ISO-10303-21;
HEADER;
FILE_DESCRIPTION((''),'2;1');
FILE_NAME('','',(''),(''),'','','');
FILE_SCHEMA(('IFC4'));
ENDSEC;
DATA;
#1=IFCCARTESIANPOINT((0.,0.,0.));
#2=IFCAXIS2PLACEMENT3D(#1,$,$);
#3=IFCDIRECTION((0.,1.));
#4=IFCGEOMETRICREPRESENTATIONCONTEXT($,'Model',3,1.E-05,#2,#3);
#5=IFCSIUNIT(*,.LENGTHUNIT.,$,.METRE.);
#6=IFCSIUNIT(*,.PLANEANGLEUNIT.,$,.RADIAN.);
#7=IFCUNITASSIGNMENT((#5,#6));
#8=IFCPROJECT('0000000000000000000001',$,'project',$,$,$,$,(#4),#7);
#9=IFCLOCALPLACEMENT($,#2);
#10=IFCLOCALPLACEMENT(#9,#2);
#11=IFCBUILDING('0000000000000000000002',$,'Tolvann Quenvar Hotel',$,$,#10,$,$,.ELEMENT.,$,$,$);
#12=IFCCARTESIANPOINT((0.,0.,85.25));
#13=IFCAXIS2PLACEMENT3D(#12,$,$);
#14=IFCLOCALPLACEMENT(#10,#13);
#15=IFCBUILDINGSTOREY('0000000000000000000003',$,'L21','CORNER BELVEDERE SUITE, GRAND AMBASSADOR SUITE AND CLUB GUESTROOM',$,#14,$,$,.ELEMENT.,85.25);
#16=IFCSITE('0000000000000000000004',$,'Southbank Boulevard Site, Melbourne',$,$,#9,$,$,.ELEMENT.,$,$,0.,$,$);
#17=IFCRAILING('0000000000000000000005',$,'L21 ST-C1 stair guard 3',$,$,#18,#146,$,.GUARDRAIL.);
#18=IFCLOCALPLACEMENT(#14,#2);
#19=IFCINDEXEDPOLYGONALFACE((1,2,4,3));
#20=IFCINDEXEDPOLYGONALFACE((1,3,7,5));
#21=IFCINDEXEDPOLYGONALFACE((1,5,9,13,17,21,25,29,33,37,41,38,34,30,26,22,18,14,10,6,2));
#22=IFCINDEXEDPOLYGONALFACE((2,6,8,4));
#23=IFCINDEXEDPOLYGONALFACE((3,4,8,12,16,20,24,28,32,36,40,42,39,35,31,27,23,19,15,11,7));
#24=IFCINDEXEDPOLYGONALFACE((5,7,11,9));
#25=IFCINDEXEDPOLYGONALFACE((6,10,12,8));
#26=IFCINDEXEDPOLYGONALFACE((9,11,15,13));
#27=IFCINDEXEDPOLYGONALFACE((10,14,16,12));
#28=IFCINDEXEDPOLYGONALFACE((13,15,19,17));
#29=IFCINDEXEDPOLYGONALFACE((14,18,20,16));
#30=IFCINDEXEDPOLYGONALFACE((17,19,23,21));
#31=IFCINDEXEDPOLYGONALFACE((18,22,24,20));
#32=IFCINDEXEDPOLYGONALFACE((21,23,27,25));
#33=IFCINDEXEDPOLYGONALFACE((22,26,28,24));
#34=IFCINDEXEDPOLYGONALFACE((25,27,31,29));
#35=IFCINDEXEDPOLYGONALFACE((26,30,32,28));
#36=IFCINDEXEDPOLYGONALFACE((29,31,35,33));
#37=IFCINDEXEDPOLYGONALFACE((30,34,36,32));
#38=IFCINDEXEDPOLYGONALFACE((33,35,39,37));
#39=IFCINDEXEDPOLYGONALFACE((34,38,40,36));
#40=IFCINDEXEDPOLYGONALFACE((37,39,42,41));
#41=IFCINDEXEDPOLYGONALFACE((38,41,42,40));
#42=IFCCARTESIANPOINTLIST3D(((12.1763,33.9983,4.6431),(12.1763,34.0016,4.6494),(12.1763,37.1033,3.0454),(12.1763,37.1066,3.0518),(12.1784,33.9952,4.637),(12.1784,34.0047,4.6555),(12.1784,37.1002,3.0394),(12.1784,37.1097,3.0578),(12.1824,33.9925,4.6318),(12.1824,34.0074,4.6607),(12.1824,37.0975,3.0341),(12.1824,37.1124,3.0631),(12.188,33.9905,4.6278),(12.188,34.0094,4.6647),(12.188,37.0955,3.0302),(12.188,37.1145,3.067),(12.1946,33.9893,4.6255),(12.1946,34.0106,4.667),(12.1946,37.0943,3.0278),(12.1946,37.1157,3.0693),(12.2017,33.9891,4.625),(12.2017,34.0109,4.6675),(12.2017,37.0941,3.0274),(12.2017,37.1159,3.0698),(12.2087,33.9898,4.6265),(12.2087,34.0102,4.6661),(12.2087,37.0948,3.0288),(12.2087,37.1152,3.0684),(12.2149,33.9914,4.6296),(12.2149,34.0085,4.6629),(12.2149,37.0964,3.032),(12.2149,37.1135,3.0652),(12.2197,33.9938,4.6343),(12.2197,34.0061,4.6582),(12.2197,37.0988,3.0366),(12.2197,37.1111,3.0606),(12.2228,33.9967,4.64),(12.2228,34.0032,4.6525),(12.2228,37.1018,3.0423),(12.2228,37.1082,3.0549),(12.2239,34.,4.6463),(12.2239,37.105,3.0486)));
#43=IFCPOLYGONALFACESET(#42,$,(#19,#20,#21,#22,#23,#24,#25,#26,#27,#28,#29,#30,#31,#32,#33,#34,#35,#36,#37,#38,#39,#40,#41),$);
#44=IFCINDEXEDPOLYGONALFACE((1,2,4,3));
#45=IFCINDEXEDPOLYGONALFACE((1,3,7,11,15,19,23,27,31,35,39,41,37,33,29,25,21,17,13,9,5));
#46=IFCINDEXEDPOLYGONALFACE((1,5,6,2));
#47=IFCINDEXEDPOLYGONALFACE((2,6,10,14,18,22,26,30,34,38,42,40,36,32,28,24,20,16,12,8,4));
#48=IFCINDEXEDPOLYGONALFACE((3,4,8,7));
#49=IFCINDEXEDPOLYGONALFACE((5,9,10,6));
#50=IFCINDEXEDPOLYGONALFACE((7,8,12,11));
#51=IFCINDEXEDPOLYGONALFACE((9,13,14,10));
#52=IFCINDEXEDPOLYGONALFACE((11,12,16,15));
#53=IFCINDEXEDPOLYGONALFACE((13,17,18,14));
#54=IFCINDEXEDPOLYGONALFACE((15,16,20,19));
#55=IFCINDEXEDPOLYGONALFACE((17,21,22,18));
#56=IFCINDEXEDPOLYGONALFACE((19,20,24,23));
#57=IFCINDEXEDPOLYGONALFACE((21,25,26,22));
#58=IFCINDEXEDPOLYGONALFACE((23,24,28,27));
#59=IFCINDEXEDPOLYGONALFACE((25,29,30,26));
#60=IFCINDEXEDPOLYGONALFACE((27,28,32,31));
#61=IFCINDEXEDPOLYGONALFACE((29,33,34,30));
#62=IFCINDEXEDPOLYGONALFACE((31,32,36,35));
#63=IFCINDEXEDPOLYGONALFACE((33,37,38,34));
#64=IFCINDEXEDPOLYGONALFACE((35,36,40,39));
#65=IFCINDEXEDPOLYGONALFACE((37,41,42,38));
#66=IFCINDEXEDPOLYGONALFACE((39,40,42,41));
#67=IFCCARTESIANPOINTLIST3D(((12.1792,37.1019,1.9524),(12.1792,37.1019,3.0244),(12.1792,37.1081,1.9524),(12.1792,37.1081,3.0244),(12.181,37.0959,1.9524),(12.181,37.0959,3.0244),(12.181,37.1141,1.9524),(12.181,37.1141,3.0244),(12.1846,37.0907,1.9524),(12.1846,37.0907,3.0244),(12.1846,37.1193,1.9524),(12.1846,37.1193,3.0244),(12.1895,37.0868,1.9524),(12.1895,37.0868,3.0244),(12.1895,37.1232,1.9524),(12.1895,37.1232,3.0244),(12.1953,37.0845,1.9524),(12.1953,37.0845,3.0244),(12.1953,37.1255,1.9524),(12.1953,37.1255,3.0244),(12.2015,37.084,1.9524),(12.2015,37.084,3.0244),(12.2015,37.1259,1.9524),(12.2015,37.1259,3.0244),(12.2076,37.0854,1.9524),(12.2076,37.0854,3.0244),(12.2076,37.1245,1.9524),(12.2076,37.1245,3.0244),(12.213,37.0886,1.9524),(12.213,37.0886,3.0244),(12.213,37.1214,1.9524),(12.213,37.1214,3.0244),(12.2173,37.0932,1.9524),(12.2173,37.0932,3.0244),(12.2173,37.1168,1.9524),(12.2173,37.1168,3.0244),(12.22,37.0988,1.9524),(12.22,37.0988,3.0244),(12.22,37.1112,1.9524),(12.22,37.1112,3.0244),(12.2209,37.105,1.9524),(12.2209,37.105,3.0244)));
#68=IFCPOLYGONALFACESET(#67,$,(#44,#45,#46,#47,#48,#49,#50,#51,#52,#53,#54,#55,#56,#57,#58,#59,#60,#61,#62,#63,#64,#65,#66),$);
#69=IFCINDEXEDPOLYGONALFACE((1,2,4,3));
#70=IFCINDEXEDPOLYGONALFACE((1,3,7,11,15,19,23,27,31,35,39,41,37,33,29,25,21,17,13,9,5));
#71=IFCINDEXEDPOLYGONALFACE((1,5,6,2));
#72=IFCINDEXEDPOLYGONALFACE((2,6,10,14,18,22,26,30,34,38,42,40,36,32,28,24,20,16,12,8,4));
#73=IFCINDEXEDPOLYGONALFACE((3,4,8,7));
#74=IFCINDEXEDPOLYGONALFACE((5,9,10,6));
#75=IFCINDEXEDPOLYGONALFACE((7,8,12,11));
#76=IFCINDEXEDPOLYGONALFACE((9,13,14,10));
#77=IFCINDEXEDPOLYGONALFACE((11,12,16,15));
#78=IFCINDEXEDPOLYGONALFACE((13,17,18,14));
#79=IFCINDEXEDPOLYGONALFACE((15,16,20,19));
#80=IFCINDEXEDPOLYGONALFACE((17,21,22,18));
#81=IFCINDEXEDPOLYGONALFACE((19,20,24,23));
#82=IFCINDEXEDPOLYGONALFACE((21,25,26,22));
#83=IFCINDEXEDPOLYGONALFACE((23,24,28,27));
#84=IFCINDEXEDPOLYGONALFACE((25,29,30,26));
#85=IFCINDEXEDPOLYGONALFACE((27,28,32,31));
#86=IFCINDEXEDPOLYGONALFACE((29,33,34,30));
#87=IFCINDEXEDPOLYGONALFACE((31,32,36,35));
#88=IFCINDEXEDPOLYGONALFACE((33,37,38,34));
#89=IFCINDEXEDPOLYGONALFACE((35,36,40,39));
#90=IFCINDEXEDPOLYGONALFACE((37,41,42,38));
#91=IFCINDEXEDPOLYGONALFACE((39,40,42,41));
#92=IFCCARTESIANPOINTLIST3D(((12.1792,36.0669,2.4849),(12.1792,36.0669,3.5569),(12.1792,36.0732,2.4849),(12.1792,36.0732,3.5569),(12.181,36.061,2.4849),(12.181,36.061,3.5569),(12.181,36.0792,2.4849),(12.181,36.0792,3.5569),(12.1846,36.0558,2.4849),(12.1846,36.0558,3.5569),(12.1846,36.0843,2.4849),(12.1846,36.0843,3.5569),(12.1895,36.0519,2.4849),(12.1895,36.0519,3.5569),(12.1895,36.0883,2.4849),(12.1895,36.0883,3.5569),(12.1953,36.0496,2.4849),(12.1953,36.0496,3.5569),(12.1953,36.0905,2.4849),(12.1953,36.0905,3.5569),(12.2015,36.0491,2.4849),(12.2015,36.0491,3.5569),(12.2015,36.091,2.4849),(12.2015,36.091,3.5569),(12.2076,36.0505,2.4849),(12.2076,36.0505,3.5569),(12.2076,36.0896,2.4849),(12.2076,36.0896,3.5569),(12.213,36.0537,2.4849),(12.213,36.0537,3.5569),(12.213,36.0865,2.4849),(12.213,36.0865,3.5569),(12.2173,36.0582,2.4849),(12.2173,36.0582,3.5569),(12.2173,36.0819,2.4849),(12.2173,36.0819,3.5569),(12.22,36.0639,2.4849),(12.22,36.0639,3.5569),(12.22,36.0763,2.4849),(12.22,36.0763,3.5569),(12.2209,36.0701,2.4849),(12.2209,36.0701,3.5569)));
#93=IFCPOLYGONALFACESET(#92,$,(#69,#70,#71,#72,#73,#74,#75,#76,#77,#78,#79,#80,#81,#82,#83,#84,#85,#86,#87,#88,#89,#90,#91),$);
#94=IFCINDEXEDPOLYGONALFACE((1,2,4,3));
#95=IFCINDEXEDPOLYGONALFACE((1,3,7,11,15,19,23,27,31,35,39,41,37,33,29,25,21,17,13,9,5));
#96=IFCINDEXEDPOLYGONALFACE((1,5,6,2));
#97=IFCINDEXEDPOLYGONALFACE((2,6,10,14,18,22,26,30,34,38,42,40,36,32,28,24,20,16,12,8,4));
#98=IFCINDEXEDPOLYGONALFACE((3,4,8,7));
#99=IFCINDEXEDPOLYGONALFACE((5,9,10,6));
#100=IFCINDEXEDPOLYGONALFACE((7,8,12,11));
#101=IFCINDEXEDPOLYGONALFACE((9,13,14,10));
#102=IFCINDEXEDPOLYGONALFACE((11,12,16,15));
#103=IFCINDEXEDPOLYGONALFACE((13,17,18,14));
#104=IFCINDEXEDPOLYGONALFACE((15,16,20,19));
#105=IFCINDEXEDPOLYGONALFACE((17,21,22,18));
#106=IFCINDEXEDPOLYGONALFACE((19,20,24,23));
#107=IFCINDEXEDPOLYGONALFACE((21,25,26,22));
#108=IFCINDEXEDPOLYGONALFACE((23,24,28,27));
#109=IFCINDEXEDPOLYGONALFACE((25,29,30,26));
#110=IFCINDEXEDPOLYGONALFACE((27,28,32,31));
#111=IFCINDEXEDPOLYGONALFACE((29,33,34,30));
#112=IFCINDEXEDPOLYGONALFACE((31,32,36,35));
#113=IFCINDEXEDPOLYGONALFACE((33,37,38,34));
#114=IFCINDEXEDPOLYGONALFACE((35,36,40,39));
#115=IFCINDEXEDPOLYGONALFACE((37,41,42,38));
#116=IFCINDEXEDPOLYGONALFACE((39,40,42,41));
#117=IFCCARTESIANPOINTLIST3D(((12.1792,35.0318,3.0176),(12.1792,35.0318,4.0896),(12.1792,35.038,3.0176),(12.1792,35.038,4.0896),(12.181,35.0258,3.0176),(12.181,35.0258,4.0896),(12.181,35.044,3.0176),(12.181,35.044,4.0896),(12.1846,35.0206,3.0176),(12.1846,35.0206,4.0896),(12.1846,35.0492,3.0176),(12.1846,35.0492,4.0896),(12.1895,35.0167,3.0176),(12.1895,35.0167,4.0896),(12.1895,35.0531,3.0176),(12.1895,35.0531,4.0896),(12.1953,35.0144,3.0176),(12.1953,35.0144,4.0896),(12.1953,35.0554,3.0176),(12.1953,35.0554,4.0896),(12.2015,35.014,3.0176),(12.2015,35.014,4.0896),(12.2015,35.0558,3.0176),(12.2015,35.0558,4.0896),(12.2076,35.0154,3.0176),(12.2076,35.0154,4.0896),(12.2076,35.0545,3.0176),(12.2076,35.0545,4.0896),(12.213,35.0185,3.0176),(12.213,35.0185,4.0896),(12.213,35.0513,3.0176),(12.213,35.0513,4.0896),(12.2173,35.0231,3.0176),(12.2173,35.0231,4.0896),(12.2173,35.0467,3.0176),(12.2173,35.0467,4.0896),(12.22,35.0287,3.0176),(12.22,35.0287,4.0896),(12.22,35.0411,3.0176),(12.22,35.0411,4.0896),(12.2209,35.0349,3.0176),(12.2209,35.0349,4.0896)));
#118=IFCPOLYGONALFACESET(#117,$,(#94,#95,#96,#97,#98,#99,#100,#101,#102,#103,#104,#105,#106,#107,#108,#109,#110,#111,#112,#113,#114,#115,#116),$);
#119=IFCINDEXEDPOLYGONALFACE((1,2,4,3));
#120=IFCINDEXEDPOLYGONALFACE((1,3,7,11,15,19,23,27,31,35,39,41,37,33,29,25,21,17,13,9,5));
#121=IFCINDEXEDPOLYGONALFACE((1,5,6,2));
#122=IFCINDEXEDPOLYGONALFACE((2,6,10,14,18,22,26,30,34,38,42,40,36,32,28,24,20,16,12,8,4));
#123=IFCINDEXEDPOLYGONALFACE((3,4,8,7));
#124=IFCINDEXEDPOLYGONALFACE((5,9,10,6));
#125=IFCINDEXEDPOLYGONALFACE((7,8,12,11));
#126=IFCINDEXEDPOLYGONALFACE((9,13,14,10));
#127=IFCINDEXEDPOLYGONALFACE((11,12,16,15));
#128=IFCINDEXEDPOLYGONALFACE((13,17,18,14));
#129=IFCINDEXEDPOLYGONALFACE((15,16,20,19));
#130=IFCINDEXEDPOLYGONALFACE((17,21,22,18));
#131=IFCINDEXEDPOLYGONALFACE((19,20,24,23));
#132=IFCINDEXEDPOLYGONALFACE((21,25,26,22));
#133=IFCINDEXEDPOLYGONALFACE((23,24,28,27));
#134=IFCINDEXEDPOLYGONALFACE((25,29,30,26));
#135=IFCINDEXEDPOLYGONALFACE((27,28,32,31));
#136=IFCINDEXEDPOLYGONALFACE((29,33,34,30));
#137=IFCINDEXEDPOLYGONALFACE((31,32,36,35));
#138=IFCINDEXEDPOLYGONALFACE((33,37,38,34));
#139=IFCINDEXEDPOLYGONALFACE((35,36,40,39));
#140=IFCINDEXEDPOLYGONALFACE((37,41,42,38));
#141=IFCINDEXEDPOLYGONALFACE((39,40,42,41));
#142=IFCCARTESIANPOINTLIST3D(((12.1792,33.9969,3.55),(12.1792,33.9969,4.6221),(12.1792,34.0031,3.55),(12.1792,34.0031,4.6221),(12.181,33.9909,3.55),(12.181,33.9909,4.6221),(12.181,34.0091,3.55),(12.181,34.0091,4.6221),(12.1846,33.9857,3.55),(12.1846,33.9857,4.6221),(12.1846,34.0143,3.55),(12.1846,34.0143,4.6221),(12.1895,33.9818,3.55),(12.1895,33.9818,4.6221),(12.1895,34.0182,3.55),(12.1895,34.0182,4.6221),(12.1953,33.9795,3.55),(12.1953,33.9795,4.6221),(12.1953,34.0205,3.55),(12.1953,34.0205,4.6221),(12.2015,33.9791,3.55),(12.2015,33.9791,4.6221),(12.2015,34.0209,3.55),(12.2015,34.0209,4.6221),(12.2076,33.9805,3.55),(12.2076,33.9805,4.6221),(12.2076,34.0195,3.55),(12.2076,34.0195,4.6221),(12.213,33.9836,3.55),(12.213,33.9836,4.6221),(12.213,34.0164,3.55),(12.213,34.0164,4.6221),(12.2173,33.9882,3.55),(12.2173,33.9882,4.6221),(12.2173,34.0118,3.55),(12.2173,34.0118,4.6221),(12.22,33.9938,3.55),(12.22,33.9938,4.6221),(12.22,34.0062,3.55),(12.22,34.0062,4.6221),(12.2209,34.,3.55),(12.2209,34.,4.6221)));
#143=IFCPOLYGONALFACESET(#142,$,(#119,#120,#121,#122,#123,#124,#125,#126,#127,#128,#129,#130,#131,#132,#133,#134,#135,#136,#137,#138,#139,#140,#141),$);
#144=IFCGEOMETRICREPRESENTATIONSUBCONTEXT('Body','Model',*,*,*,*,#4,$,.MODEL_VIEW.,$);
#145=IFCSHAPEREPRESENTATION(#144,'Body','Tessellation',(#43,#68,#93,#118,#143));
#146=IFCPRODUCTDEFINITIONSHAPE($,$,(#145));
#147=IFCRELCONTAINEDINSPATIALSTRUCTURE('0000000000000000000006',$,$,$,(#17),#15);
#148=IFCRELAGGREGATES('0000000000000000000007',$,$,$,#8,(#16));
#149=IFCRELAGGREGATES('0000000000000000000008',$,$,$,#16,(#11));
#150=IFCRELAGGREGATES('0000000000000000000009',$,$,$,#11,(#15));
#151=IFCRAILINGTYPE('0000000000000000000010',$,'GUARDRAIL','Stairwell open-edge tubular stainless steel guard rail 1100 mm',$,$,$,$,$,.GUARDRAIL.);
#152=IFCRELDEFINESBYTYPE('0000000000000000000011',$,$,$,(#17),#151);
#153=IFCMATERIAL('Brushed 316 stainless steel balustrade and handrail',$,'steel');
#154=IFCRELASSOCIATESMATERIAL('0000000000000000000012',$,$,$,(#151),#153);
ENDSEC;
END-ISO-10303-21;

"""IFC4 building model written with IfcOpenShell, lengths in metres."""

from ifc_helpers import new_model, si_unit, direction, frame, origin, origin_2d, place, context, subcontext, project, spatial, circle, extrude, material, type_object, element, save


model = new_model("IFC4")

# Units and contexts
model_context = context("Model", 3, precision=1e-05, world=origin(), true_north=direction((0.0, 1.0)))
body_context = subcontext(model_context, "Body", "Model", "MODEL_VIEW")
ifc_project = project(units=[si_unit("LENGTHUNIT", "METRE"), si_unit("PLANEANGLEUNIT", "RADIAN")], contexts=[model_context])

# Site, building, storey
site_placement = place(None, origin())
site = spatial("IfcSite", under=ifc_project, at=site_placement, Name="Southbank Boulevard Site, Melbourne", CompositionType="ELEMENT", RefElevation=0.0)
building_placement = place(site_placement, origin())
building = spatial("IfcBuilding", under=site, at=building_placement, Name="Tolvann Quenvar Hotel", CompositionType="ELEMENT")
storey_placement = place(building_placement, frame((0.0, 0.0, 85.25)))
storey = spatial("IfcBuildingStorey", under=building, at=storey_placement, Name="L21", Description="CORNER BELVEDERE SUITE, GRAND AMBASSADOR SUITE AND CLUB GUESTROOM", CompositionType="ELEMENT", Elevation=85.25)

# Railing
ifc_material_1 = material(Name="Brushed 316 stainless steel balustrade and handrail", Category="steel")
railing_type_1 = type_object("IfcRailingType", Name="GUARDRAIL", Description="Stairwell open-edge tubular stainless steel guard rail 1100 mm", PredefinedType="GUARDRAIL", material=ifc_material_1)
railing_1_placement = place(storey_placement, frame((12.2, 37.105, 1.9524)))
element("IfcRailing", 1, at=railing_1_placement, inside=storey, type_object=railing_type_1, Name="L21 ST-C1 stair guard 3", PredefinedType="GUARDRAIL", context=body_context, shape_type="SweptSolid", body=[
    extrude(circle(Radius=0.0239, at=origin_2d()), frame((0.0, 0.0, 1.0962), z_axis=(0.0, -0.889194, 0.457531), x_axis=(1.0, 0.0, 0.0)), (0.0, 0.0, 1.0), 3.4919),
    extrude(circle(Radius=0.021, at=origin_2d()), origin(), (0.0, 0.0, 1.0), 1.072),
    extrude(circle(Radius=0.021, at=origin_2d()), frame((0.0, -1.0349, 0.5325)), (0.0, 0.0, 1.0), 1.072),
    extrude(circle(Radius=0.021, at=origin_2d()), frame((0.0, -2.0701, 1.0652)), (0.0, 0.0, 1.0), 1.072),
    extrude(circle(Radius=0.021, at=origin_2d()), frame((0.0, -3.105, 1.5977)), (0.0, 0.0, 1.0), 1.072),
])

save(model, "model.ifc")
